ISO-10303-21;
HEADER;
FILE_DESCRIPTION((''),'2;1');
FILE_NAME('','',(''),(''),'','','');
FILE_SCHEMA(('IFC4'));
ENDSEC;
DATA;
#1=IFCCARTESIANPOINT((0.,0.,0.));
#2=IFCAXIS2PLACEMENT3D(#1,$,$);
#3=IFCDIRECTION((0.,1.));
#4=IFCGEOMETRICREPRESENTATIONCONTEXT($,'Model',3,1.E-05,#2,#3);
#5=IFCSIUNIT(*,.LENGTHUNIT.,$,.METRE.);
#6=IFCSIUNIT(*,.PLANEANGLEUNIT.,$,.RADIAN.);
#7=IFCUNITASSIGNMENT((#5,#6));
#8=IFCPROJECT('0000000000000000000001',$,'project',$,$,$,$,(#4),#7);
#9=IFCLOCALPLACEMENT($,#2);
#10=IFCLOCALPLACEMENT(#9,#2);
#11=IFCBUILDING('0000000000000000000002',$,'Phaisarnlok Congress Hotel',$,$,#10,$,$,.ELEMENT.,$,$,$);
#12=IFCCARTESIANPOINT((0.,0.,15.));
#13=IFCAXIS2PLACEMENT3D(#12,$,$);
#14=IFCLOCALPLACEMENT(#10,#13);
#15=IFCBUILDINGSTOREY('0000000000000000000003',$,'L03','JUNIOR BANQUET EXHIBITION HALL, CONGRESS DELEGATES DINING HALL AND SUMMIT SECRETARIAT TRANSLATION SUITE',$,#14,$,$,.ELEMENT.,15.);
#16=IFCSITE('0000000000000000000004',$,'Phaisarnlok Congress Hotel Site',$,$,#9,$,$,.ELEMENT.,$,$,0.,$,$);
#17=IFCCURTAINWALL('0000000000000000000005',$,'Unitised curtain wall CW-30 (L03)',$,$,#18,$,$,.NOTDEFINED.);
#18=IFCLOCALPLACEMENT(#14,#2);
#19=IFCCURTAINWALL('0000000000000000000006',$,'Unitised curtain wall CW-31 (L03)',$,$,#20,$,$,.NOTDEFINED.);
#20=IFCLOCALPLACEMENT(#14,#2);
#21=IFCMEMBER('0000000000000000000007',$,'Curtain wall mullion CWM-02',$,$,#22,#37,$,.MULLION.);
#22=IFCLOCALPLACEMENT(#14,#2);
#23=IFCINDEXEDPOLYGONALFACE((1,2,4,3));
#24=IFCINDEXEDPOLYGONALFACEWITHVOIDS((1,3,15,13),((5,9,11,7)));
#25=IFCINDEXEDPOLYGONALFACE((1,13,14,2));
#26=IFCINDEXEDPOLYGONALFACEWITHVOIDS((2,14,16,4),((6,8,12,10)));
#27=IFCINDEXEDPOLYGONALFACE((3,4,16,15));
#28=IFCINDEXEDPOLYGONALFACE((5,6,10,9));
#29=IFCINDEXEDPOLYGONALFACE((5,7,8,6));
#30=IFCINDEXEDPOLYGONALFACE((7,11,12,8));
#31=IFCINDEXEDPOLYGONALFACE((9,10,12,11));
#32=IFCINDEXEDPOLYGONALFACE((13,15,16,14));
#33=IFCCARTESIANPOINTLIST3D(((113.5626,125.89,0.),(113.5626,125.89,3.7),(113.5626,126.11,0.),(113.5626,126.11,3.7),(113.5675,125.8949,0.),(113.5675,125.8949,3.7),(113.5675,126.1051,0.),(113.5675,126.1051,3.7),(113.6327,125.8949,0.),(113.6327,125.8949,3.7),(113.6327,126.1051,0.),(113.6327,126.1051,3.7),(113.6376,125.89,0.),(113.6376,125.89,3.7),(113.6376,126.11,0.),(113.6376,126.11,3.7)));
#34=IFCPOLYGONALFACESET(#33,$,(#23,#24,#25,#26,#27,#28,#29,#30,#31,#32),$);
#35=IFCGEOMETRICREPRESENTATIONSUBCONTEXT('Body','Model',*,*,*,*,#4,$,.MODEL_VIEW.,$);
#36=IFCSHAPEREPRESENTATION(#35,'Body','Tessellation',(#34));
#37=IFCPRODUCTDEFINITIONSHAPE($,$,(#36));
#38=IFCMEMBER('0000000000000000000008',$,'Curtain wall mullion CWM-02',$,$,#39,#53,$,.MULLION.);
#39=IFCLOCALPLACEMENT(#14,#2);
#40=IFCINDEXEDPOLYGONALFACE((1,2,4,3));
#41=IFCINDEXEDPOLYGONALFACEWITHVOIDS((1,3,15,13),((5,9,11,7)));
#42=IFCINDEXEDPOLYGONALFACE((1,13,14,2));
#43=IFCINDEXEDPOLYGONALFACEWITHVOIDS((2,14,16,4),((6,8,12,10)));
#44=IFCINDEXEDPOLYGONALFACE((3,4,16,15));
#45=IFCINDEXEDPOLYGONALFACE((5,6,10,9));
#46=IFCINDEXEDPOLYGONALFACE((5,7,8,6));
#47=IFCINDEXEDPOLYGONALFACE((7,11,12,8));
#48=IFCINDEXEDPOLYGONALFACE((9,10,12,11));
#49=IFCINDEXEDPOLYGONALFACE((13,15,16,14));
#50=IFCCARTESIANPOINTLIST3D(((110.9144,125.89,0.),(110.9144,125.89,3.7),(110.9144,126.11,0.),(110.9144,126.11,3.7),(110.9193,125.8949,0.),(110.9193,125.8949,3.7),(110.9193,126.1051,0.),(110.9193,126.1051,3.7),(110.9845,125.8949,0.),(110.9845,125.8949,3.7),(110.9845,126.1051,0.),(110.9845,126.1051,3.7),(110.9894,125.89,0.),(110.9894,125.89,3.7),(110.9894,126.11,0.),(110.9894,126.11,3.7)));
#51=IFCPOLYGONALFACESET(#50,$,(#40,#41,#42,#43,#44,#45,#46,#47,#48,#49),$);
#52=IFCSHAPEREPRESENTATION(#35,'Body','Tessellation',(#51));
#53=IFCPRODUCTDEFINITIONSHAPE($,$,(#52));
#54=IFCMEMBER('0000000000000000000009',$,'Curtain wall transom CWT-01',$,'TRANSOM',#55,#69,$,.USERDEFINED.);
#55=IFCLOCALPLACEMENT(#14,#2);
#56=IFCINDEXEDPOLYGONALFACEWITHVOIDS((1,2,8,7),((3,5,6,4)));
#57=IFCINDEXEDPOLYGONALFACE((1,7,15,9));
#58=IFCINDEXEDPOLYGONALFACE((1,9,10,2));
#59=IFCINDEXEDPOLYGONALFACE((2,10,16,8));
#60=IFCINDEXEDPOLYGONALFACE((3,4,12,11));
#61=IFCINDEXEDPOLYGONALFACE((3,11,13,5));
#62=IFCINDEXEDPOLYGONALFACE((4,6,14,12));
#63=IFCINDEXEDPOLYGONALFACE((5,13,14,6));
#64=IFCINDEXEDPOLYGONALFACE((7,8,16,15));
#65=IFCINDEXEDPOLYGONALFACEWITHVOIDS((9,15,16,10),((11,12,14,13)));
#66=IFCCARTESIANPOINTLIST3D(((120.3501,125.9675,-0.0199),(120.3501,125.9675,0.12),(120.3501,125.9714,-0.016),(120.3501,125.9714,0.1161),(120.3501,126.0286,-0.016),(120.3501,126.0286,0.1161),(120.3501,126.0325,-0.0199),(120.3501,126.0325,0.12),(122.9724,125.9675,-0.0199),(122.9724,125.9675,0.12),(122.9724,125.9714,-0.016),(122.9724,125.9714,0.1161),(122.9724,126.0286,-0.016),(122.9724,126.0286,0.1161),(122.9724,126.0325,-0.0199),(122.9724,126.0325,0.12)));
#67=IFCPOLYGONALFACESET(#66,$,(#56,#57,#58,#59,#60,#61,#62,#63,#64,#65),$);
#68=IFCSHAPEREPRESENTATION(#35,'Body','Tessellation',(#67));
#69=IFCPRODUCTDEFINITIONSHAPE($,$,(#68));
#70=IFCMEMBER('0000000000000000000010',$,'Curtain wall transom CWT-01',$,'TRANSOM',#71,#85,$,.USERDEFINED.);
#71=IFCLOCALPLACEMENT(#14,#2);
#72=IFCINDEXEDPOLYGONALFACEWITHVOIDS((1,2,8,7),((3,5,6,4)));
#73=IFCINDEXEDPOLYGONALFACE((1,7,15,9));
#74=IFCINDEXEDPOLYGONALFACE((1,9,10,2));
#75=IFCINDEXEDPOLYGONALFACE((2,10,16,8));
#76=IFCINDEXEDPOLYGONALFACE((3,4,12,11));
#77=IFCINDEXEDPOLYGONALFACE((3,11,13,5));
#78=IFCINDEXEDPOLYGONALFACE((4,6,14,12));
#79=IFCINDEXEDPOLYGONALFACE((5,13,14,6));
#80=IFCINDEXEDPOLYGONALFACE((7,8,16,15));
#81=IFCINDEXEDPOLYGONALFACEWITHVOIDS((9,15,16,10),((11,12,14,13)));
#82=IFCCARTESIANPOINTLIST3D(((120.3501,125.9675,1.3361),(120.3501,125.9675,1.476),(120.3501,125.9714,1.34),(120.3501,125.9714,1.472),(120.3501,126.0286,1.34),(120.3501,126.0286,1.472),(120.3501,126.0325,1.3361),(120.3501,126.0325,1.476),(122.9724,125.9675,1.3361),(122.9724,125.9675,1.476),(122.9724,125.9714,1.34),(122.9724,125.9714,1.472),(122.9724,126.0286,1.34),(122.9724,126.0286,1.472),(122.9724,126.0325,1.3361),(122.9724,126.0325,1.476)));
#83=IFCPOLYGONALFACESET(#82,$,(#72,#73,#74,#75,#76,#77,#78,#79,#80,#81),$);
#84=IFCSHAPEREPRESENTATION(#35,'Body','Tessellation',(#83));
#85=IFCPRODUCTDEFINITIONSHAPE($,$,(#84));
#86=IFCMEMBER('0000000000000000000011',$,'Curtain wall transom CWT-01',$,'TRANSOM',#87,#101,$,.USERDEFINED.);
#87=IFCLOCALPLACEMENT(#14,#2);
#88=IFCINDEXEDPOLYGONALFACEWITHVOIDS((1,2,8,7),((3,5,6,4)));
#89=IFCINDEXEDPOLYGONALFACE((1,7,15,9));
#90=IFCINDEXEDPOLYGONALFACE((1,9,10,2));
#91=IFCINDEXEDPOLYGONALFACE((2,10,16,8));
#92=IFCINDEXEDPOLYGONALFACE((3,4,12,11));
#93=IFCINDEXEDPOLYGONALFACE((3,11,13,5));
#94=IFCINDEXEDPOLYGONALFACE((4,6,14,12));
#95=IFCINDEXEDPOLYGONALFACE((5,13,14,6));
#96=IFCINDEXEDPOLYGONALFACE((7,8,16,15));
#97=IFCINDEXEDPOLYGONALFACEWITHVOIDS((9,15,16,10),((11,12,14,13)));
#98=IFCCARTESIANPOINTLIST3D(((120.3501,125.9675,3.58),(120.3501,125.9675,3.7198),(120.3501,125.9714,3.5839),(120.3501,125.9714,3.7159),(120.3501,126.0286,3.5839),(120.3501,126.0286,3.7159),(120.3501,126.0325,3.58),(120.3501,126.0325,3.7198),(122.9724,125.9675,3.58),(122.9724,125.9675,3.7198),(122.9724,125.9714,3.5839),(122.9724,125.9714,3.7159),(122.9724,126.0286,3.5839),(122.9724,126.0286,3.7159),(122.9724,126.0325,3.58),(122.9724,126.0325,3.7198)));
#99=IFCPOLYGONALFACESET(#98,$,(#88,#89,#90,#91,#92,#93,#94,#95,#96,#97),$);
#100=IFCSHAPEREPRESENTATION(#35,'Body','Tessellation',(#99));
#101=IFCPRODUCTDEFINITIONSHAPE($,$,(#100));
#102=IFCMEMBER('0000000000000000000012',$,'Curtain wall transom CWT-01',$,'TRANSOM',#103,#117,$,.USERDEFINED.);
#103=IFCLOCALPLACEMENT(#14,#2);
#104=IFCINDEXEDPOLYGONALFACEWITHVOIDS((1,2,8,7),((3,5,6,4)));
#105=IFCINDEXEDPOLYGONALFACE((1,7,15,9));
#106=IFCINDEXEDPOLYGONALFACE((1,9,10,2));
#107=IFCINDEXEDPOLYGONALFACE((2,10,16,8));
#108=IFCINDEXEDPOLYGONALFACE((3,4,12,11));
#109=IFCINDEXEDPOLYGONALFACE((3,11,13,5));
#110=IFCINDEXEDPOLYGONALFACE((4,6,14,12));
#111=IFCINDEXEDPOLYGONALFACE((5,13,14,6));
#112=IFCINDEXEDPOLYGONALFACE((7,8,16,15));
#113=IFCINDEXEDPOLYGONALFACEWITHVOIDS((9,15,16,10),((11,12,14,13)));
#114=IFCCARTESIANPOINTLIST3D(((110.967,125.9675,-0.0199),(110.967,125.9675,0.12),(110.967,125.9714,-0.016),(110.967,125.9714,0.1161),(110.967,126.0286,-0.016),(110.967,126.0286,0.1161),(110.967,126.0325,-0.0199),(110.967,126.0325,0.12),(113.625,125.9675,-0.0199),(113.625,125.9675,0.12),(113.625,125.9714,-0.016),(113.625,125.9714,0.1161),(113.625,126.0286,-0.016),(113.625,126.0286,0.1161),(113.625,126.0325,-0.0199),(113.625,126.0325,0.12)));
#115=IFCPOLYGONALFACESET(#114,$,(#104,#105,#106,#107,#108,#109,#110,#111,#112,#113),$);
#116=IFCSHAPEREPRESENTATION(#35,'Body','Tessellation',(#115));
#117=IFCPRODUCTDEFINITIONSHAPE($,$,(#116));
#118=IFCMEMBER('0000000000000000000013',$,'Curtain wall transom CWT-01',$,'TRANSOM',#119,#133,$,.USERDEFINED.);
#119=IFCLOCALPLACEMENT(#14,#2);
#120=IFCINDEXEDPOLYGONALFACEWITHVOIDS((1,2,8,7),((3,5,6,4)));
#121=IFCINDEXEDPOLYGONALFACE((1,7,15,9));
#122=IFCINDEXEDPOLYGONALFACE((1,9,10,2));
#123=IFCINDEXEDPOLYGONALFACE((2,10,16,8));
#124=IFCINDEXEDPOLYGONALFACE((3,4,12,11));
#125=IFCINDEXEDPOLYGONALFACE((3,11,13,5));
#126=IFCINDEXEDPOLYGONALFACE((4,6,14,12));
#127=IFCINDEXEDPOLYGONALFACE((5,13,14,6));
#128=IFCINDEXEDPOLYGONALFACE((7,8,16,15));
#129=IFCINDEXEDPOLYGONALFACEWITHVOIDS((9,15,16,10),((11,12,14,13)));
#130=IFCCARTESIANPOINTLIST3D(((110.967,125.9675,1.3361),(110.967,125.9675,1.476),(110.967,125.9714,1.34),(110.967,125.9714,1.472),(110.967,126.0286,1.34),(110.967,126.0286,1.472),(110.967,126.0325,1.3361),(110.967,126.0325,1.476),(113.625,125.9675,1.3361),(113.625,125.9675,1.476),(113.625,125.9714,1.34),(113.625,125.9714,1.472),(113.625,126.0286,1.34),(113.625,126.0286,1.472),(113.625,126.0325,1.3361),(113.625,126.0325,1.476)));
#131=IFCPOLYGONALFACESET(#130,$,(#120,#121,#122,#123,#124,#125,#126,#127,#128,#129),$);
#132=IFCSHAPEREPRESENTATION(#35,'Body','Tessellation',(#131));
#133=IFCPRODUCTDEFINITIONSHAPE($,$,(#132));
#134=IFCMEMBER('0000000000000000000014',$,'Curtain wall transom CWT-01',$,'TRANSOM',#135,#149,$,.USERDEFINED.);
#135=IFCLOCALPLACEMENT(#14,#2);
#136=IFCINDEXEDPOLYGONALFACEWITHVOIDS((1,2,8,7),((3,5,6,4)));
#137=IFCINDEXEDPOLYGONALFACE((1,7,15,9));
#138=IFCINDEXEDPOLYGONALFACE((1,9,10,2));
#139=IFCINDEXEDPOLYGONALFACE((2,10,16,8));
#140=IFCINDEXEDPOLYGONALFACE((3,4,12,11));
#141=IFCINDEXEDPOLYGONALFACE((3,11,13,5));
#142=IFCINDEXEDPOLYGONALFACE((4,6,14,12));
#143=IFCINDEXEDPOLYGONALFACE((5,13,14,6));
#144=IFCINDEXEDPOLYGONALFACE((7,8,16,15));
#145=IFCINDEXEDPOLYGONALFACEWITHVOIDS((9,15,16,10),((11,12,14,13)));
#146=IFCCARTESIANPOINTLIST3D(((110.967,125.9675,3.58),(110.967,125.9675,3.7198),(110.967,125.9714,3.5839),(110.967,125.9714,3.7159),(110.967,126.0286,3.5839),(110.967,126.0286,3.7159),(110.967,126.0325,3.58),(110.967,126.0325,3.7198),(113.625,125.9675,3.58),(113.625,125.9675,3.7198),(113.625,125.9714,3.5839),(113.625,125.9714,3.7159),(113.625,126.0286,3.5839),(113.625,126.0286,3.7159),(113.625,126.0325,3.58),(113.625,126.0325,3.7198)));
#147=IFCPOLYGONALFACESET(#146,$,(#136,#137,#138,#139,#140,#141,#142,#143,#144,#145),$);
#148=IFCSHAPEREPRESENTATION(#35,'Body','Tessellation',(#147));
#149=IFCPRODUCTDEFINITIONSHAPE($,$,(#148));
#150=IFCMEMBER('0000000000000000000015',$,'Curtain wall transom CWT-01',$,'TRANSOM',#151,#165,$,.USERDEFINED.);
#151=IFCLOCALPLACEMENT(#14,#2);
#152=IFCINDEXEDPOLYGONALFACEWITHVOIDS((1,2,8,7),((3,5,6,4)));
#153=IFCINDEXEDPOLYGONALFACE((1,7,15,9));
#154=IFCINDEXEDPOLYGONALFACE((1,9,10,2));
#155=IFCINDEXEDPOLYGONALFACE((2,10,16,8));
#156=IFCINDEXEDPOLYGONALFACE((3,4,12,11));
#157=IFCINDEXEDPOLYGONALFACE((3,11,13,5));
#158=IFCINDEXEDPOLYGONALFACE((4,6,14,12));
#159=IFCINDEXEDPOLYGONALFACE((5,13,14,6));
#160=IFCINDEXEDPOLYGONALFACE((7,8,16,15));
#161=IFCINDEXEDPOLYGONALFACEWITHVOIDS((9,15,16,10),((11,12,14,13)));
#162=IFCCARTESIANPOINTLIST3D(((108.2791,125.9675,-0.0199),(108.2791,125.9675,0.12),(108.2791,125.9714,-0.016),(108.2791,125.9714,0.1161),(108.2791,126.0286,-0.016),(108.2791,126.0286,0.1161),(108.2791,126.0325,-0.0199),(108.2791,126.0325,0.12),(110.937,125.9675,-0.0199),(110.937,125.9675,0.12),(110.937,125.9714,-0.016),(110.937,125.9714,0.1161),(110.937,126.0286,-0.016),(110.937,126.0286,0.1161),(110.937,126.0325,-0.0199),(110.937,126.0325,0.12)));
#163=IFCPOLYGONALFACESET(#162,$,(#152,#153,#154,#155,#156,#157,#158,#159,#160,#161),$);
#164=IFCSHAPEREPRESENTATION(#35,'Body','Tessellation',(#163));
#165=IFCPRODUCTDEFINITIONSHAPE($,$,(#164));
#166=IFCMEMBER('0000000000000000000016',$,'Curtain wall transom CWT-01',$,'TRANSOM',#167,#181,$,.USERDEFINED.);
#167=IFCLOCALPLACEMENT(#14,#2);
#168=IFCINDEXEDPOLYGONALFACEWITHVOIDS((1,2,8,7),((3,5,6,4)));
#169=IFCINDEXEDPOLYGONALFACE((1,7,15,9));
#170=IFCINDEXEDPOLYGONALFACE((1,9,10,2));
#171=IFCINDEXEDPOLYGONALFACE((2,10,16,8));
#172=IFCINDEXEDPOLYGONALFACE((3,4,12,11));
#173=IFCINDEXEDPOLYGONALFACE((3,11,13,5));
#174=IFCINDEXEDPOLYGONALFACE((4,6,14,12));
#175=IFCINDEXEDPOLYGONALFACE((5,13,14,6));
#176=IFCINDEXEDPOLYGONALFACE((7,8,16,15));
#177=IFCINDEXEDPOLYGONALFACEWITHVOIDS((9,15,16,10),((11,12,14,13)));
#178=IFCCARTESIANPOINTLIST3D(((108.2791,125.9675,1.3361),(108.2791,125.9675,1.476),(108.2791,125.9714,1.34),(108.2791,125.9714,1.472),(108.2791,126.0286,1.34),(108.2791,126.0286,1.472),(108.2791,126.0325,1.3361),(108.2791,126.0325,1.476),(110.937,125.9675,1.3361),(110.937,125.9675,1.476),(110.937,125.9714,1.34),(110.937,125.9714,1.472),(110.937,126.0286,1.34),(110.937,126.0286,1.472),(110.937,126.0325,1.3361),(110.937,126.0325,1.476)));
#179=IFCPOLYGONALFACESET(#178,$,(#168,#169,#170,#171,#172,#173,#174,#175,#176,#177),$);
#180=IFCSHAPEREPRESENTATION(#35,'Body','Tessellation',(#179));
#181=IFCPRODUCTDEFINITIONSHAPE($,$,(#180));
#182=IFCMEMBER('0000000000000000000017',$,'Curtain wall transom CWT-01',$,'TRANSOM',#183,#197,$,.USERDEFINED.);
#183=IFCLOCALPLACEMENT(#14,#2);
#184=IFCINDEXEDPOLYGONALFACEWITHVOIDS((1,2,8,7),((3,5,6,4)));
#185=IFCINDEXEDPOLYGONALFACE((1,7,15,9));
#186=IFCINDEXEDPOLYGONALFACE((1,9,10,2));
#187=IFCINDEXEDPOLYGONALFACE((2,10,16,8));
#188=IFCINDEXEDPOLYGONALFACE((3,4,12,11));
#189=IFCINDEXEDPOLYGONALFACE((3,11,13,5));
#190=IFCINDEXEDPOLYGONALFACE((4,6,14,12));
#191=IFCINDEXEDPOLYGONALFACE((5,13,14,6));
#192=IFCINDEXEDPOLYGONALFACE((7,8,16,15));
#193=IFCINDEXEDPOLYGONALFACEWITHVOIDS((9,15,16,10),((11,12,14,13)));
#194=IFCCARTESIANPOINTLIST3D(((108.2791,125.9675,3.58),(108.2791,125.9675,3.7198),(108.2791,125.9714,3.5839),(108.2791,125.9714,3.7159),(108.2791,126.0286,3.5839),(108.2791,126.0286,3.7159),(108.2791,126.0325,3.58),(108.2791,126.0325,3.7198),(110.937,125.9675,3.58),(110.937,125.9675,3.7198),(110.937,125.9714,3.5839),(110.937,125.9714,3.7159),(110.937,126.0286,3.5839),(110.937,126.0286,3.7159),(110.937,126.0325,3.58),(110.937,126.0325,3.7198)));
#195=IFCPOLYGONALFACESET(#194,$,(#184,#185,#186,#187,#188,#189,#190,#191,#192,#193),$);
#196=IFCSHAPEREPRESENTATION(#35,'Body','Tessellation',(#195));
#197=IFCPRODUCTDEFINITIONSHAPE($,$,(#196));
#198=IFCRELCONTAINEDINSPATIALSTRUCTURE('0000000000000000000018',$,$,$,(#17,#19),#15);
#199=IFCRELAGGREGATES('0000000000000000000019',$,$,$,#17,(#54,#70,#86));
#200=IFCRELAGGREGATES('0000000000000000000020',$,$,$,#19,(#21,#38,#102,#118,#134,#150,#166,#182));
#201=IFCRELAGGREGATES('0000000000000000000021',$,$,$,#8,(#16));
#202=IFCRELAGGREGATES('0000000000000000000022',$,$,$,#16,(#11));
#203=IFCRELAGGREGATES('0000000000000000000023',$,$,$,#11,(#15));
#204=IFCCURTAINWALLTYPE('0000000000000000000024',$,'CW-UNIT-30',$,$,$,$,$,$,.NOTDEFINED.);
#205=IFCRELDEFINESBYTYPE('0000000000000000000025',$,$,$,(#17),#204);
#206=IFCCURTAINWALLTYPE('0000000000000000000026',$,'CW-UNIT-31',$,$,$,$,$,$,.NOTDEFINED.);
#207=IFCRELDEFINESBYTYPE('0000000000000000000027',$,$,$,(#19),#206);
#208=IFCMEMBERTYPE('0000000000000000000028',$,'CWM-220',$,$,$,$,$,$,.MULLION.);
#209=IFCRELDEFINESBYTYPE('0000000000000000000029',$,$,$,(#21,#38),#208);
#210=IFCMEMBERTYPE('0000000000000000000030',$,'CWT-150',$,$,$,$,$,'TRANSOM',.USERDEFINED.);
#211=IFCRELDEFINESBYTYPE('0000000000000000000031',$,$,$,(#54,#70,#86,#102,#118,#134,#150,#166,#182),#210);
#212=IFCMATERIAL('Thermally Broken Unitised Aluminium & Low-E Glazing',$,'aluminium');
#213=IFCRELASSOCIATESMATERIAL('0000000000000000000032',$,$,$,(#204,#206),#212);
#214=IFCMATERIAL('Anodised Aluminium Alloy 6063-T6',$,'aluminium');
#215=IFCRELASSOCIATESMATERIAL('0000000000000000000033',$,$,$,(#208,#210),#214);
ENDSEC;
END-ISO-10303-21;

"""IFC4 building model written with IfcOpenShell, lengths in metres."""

from ifc_helpers import new_model, si_unit, direction, frame, origin, origin_2d, place, context, subcontext, project, spatial, hollow_rectangle, extrude, material, material_profile, profile_set, type_object, element, aggregate, save


model = new_model("IFC4")

# Units and contexts
model_context = context("Model", 3, precision=1e-05, world=origin(), true_north=direction((0.0, 1.0)))
body_context = subcontext(model_context, "Body", "Model", "MODEL_VIEW")
ifc_project = project(units=[si_unit("LENGTHUNIT", "METRE"), si_unit("PLANEANGLEUNIT", "RADIAN")], contexts=[model_context])

# Site, building, storey
site_placement = place(None, origin())
site = spatial("IfcSite", under=ifc_project, at=site_placement, Name="Phaisarnlok Congress Hotel Site", CompositionType="ELEMENT", RefElevation=0.0)
building_placement = place(site_placement, origin())
building = spatial("IfcBuilding", under=site, at=building_placement, Name="Phaisarnlok Congress Hotel", CompositionType="ELEMENT")
storey_placement = place(building_placement, frame((0.0, 0.0, 15.0)))
storey = spatial("IfcBuildingStorey", under=building, at=storey_placement, Name="L03", Description="JUNIOR BANQUET EXHIBITION HALL, CONGRESS DELEGATES DINING HALL AND SUMMIT SECRETARIAT TRANSLATION SUITE", CompositionType="ELEMENT", Elevation=15.0)

# Curtain wall
ifc_material_1 = material(Name="Thermally Broken Unitised Aluminium & Low-E Glazing", Category="aluminium")
curtain_wall_type_1 = type_object("IfcCurtainWallType", Name="CW-UNIT-30", PredefinedType="NOTDEFINED", material=ifc_material_1)
curtain_wall_1_placement = place(storey_placement, origin())
curtain_wall_1 = element("IfcCurtainWall", 1, at=curtain_wall_1_placement, inside=storey, type_object=curtain_wall_type_1, Name="Unitised curtain wall CW-30 (L03)", PredefinedType="NOTDEFINED")
ifc_material_2 = material(Name="Anodised Aluminium Alloy 6063-T6", Category="aluminium")
ifc_material_profile_1 = material_profile(ifc_material_2, hollow_rectangle(XDim=0.075, YDim=0.22, WallThickness=0.0049, at=origin_2d()), Name="ALU-M 75x220x5")
ifc_profile_set_1 = profile_set([ifc_material_profile_1], Name="Anodised Aluminium Alloy 6063-T6")
member_type_1 = type_object("IfcMemberType", Name="CWM-220", PredefinedType="MULLION", material=ifc_profile_set_1)

# Curtain wall, members
curtain_wall_type_2 = type_object("IfcCurtainWallType", Name="CW-UNIT-31", PredefinedType="NOTDEFINED", material=ifc_material_1)
curtain_wall_2_placement = place(storey_placement, origin())
curtain_wall_2 = element("IfcCurtainWall", 2, at=curtain_wall_2_placement, inside=storey, type_object=curtain_wall_type_2, Name="Unitised curtain wall CW-31 (L03)", PredefinedType="NOTDEFINED")
member_1_placement = place(storey_placement, frame((113.6001, 126.0, 0.0), z_axis=(0.0, 0.0, 1.0), x_axis=(-1.0, 0.0, 0.0)))
member_1 = element("IfcMember", 3, at=member_1_placement, type_object=member_type_1, Name="Curtain wall mullion CWM-02", PredefinedType="MULLION", context=body_context, shape_type="SweptSolid", body=[
    extrude(hollow_rectangle(XDim=0.075, YDim=0.22, WallThickness=0.0049, at=origin_2d()), origin(), (0.0, 0.0, 1.0), 3.7),
])
member_2_placement = place(storey_placement, frame((110.9519, 126.0, 0.0), z_axis=(0.0, 0.0, 1.0), x_axis=(-1.0, 0.0, 0.0)))
member_2 = element("IfcMember", 4, at=member_2_placement, type_object=member_type_1, Name="Curtain wall mullion CWM-02", PredefinedType="MULLION", context=body_context, shape_type="SweptSolid", body=[
    extrude(hollow_rectangle(XDim=0.075, YDim=0.22, WallThickness=0.0049, at=origin_2d()), origin(), (0.0, 0.0, 1.0), 3.7),
])

# Members
ifc_material_profile_2 = material_profile(ifc_material_2, hollow_rectangle(XDim=0.0649, YDim=0.1399, WallThickness=0.0039, at=origin_2d()), Name="ALU-T 65x140x4")
ifc_profile_set_2 = profile_set([ifc_material_profile_2], Name="Anodised Aluminium Alloy 6063-T6")
member_type_2 = type_object("IfcMemberType", Name="CWT-150", ElementType="TRANSOM", PredefinedType="USERDEFINED", material=ifc_profile_set_2)
member_3_placement = place(storey_placement, frame((122.9724, 126.0, 0.05), z_axis=(-1.0, 0.0, 0.0), x_axis=(0.0, -1.0, 0.0)))
member_3 = element("IfcMember", 5, at=member_3_placement, type_object=member_type_2, Name="Curtain wall transom CWT-01", ObjectType="TRANSOM", PredefinedType="USERDEFINED", context=body_context, shape_type="SweptSolid", body=[
    extrude(hollow_rectangle(XDim=0.0649, YDim=0.1399, WallThickness=0.0039, at=origin_2d()), origin(), (0.0, 0.0, 1.0), 2.6223),
])
member_4_placement = place(storey_placement, frame((122.9724, 126.0, 1.406), z_axis=(-1.0, 0.0, 0.0), x_axis=(0.0, -1.0, 0.0)))
member_4 = element("IfcMember", 6, at=member_4_placement, type_object=member_type_2, Name="Curtain wall transom CWT-01", ObjectType="TRANSOM", PredefinedType="USERDEFINED", context=body_context, shape_type="SweptSolid", body=[
    extrude(hollow_rectangle(XDim=0.0649, YDim=0.1399, WallThickness=0.0039, at=origin_2d()), origin(), (0.0, 0.0, 1.0), 2.6223),
])
member_5_placement = place(storey_placement, frame((122.9724, 126.0, 3.6499), z_axis=(-1.0, 0.0, 0.0), x_axis=(0.0, -1.0, 0.0)))
member_5 = element("IfcMember", 7, at=member_5_placement, type_object=member_type_2, Name="Curtain wall transom CWT-01", ObjectType="TRANSOM", PredefinedType="USERDEFINED", context=body_context, shape_type="SweptSolid", body=[
    extrude(hollow_rectangle(XDim=0.0649, YDim=0.1399, WallThickness=0.0039, at=origin_2d()), origin(), (0.0, 0.0, 1.0), 2.6223),
])
member_6_placement = place(storey_placement, frame((113.625, 126.0, 0.05), z_axis=(-1.0, 0.0, 0.0), x_axis=(0.0, -1.0, 0.0)))
member_6 = element("IfcMember", 8, at=member_6_placement, type_object=member_type_2, Name="Curtain wall transom CWT-01", ObjectType="TRANSOM", PredefinedType="USERDEFINED", context=body_context, shape_type="SweptSolid", body=[
    extrude(hollow_rectangle(XDim=0.0649, YDim=0.1399, WallThickness=0.0039, at=origin_2d()), origin(), (0.0, 0.0, 1.0), 2.658),
])
member_7_placement = place(storey_placement, frame((113.625, 126.0, 1.406), z_axis=(-1.0, 0.0, 0.0), x_axis=(0.0, -1.0, 0.0)))
member_7 = element("IfcMember", 9, at=member_7_placement, type_object=member_type_2, Name="Curtain wall transom CWT-01", ObjectType="TRANSOM", PredefinedType="USERDEFINED", context=body_context, shape_type="SweptSolid", body=[
    extrude(hollow_rectangle(XDim=0.0649, YDim=0.1399, WallThickness=0.0039, at=origin_2d()), origin(), (0.0, 0.0, 1.0), 2.658),
])
member_8_placement = place(storey_placement, frame((113.625, 126.0, 3.6499), z_axis=(-1.0, 0.0, 0.0), x_axis=(0.0, -1.0, 0.0)))
member_8 = element("IfcMember", 10, at=member_8_placement, type_object=member_type_2, Name="Curtain wall transom CWT-01", ObjectType="TRANSOM", PredefinedType="USERDEFINED", context=body_context, shape_type="SweptSolid", body=[
    extrude(hollow_rectangle(XDim=0.0649, YDim=0.1399, WallThickness=0.0039, at=origin_2d()), origin(), (0.0, 0.0, 1.0), 2.658),
])
member_9_placement = place(storey_placement, frame((110.937, 126.0, 0.05), z_axis=(-1.0, 0.0, 0.0), x_axis=(0.0, -1.0, 0.0)))
member_9 = element("IfcMember", 11, at=member_9_placement, type_object=member_type_2, Name="Curtain wall transom CWT-01", ObjectType="TRANSOM", PredefinedType="USERDEFINED", context=body_context, shape_type="SweptSolid", body=[
    extrude(hollow_rectangle(XDim=0.0649, YDim=0.1399, WallThickness=0.0039, at=origin_2d()), origin(), (0.0, 0.0, 1.0), 2.658),
])
member_10_placement = place(storey_placement, frame((110.937, 126.0, 1.406), z_axis=(-1.0, 0.0, 0.0), x_axis=(0.0, -1.0, 0.0)))
member_10 = element("IfcMember", 12, at=member_10_placement, type_object=member_type_2, Name="Curtain wall transom CWT-01", ObjectType="TRANSOM", PredefinedType="USERDEFINED", context=body_context, shape_type="SweptSolid", body=[
    extrude(hollow_rectangle(XDim=0.0649, YDim=0.1399, WallThickness=0.0039, at=origin_2d()), origin(), (0.0, 0.0, 1.0), 2.658),
])
member_11_placement = place(storey_placement, frame((110.937, 126.0, 3.6499), z_axis=(-1.0, 0.0, 0.0), x_axis=(0.0, -1.0, 0.0)))
member_11 = element("IfcMember", 13, at=member_11_placement, type_object=member_type_2, Name="Curtain wall transom CWT-01", ObjectType="TRANSOM", PredefinedType="USERDEFINED", context=body_context, shape_type="SweptSolid", body=[
    extrude(hollow_rectangle(XDim=0.0649, YDim=0.1399, WallThickness=0.0039, at=origin_2d()), origin(), (0.0, 0.0, 1.0), 2.658),
])

aggregate(curtain_wall_1, [member_3, member_4, member_5])
aggregate(curtain_wall_2, [member_1, member_2, member_6, member_7, member_8, member_9, member_10, member_11])

save(model, "model.ifc")
